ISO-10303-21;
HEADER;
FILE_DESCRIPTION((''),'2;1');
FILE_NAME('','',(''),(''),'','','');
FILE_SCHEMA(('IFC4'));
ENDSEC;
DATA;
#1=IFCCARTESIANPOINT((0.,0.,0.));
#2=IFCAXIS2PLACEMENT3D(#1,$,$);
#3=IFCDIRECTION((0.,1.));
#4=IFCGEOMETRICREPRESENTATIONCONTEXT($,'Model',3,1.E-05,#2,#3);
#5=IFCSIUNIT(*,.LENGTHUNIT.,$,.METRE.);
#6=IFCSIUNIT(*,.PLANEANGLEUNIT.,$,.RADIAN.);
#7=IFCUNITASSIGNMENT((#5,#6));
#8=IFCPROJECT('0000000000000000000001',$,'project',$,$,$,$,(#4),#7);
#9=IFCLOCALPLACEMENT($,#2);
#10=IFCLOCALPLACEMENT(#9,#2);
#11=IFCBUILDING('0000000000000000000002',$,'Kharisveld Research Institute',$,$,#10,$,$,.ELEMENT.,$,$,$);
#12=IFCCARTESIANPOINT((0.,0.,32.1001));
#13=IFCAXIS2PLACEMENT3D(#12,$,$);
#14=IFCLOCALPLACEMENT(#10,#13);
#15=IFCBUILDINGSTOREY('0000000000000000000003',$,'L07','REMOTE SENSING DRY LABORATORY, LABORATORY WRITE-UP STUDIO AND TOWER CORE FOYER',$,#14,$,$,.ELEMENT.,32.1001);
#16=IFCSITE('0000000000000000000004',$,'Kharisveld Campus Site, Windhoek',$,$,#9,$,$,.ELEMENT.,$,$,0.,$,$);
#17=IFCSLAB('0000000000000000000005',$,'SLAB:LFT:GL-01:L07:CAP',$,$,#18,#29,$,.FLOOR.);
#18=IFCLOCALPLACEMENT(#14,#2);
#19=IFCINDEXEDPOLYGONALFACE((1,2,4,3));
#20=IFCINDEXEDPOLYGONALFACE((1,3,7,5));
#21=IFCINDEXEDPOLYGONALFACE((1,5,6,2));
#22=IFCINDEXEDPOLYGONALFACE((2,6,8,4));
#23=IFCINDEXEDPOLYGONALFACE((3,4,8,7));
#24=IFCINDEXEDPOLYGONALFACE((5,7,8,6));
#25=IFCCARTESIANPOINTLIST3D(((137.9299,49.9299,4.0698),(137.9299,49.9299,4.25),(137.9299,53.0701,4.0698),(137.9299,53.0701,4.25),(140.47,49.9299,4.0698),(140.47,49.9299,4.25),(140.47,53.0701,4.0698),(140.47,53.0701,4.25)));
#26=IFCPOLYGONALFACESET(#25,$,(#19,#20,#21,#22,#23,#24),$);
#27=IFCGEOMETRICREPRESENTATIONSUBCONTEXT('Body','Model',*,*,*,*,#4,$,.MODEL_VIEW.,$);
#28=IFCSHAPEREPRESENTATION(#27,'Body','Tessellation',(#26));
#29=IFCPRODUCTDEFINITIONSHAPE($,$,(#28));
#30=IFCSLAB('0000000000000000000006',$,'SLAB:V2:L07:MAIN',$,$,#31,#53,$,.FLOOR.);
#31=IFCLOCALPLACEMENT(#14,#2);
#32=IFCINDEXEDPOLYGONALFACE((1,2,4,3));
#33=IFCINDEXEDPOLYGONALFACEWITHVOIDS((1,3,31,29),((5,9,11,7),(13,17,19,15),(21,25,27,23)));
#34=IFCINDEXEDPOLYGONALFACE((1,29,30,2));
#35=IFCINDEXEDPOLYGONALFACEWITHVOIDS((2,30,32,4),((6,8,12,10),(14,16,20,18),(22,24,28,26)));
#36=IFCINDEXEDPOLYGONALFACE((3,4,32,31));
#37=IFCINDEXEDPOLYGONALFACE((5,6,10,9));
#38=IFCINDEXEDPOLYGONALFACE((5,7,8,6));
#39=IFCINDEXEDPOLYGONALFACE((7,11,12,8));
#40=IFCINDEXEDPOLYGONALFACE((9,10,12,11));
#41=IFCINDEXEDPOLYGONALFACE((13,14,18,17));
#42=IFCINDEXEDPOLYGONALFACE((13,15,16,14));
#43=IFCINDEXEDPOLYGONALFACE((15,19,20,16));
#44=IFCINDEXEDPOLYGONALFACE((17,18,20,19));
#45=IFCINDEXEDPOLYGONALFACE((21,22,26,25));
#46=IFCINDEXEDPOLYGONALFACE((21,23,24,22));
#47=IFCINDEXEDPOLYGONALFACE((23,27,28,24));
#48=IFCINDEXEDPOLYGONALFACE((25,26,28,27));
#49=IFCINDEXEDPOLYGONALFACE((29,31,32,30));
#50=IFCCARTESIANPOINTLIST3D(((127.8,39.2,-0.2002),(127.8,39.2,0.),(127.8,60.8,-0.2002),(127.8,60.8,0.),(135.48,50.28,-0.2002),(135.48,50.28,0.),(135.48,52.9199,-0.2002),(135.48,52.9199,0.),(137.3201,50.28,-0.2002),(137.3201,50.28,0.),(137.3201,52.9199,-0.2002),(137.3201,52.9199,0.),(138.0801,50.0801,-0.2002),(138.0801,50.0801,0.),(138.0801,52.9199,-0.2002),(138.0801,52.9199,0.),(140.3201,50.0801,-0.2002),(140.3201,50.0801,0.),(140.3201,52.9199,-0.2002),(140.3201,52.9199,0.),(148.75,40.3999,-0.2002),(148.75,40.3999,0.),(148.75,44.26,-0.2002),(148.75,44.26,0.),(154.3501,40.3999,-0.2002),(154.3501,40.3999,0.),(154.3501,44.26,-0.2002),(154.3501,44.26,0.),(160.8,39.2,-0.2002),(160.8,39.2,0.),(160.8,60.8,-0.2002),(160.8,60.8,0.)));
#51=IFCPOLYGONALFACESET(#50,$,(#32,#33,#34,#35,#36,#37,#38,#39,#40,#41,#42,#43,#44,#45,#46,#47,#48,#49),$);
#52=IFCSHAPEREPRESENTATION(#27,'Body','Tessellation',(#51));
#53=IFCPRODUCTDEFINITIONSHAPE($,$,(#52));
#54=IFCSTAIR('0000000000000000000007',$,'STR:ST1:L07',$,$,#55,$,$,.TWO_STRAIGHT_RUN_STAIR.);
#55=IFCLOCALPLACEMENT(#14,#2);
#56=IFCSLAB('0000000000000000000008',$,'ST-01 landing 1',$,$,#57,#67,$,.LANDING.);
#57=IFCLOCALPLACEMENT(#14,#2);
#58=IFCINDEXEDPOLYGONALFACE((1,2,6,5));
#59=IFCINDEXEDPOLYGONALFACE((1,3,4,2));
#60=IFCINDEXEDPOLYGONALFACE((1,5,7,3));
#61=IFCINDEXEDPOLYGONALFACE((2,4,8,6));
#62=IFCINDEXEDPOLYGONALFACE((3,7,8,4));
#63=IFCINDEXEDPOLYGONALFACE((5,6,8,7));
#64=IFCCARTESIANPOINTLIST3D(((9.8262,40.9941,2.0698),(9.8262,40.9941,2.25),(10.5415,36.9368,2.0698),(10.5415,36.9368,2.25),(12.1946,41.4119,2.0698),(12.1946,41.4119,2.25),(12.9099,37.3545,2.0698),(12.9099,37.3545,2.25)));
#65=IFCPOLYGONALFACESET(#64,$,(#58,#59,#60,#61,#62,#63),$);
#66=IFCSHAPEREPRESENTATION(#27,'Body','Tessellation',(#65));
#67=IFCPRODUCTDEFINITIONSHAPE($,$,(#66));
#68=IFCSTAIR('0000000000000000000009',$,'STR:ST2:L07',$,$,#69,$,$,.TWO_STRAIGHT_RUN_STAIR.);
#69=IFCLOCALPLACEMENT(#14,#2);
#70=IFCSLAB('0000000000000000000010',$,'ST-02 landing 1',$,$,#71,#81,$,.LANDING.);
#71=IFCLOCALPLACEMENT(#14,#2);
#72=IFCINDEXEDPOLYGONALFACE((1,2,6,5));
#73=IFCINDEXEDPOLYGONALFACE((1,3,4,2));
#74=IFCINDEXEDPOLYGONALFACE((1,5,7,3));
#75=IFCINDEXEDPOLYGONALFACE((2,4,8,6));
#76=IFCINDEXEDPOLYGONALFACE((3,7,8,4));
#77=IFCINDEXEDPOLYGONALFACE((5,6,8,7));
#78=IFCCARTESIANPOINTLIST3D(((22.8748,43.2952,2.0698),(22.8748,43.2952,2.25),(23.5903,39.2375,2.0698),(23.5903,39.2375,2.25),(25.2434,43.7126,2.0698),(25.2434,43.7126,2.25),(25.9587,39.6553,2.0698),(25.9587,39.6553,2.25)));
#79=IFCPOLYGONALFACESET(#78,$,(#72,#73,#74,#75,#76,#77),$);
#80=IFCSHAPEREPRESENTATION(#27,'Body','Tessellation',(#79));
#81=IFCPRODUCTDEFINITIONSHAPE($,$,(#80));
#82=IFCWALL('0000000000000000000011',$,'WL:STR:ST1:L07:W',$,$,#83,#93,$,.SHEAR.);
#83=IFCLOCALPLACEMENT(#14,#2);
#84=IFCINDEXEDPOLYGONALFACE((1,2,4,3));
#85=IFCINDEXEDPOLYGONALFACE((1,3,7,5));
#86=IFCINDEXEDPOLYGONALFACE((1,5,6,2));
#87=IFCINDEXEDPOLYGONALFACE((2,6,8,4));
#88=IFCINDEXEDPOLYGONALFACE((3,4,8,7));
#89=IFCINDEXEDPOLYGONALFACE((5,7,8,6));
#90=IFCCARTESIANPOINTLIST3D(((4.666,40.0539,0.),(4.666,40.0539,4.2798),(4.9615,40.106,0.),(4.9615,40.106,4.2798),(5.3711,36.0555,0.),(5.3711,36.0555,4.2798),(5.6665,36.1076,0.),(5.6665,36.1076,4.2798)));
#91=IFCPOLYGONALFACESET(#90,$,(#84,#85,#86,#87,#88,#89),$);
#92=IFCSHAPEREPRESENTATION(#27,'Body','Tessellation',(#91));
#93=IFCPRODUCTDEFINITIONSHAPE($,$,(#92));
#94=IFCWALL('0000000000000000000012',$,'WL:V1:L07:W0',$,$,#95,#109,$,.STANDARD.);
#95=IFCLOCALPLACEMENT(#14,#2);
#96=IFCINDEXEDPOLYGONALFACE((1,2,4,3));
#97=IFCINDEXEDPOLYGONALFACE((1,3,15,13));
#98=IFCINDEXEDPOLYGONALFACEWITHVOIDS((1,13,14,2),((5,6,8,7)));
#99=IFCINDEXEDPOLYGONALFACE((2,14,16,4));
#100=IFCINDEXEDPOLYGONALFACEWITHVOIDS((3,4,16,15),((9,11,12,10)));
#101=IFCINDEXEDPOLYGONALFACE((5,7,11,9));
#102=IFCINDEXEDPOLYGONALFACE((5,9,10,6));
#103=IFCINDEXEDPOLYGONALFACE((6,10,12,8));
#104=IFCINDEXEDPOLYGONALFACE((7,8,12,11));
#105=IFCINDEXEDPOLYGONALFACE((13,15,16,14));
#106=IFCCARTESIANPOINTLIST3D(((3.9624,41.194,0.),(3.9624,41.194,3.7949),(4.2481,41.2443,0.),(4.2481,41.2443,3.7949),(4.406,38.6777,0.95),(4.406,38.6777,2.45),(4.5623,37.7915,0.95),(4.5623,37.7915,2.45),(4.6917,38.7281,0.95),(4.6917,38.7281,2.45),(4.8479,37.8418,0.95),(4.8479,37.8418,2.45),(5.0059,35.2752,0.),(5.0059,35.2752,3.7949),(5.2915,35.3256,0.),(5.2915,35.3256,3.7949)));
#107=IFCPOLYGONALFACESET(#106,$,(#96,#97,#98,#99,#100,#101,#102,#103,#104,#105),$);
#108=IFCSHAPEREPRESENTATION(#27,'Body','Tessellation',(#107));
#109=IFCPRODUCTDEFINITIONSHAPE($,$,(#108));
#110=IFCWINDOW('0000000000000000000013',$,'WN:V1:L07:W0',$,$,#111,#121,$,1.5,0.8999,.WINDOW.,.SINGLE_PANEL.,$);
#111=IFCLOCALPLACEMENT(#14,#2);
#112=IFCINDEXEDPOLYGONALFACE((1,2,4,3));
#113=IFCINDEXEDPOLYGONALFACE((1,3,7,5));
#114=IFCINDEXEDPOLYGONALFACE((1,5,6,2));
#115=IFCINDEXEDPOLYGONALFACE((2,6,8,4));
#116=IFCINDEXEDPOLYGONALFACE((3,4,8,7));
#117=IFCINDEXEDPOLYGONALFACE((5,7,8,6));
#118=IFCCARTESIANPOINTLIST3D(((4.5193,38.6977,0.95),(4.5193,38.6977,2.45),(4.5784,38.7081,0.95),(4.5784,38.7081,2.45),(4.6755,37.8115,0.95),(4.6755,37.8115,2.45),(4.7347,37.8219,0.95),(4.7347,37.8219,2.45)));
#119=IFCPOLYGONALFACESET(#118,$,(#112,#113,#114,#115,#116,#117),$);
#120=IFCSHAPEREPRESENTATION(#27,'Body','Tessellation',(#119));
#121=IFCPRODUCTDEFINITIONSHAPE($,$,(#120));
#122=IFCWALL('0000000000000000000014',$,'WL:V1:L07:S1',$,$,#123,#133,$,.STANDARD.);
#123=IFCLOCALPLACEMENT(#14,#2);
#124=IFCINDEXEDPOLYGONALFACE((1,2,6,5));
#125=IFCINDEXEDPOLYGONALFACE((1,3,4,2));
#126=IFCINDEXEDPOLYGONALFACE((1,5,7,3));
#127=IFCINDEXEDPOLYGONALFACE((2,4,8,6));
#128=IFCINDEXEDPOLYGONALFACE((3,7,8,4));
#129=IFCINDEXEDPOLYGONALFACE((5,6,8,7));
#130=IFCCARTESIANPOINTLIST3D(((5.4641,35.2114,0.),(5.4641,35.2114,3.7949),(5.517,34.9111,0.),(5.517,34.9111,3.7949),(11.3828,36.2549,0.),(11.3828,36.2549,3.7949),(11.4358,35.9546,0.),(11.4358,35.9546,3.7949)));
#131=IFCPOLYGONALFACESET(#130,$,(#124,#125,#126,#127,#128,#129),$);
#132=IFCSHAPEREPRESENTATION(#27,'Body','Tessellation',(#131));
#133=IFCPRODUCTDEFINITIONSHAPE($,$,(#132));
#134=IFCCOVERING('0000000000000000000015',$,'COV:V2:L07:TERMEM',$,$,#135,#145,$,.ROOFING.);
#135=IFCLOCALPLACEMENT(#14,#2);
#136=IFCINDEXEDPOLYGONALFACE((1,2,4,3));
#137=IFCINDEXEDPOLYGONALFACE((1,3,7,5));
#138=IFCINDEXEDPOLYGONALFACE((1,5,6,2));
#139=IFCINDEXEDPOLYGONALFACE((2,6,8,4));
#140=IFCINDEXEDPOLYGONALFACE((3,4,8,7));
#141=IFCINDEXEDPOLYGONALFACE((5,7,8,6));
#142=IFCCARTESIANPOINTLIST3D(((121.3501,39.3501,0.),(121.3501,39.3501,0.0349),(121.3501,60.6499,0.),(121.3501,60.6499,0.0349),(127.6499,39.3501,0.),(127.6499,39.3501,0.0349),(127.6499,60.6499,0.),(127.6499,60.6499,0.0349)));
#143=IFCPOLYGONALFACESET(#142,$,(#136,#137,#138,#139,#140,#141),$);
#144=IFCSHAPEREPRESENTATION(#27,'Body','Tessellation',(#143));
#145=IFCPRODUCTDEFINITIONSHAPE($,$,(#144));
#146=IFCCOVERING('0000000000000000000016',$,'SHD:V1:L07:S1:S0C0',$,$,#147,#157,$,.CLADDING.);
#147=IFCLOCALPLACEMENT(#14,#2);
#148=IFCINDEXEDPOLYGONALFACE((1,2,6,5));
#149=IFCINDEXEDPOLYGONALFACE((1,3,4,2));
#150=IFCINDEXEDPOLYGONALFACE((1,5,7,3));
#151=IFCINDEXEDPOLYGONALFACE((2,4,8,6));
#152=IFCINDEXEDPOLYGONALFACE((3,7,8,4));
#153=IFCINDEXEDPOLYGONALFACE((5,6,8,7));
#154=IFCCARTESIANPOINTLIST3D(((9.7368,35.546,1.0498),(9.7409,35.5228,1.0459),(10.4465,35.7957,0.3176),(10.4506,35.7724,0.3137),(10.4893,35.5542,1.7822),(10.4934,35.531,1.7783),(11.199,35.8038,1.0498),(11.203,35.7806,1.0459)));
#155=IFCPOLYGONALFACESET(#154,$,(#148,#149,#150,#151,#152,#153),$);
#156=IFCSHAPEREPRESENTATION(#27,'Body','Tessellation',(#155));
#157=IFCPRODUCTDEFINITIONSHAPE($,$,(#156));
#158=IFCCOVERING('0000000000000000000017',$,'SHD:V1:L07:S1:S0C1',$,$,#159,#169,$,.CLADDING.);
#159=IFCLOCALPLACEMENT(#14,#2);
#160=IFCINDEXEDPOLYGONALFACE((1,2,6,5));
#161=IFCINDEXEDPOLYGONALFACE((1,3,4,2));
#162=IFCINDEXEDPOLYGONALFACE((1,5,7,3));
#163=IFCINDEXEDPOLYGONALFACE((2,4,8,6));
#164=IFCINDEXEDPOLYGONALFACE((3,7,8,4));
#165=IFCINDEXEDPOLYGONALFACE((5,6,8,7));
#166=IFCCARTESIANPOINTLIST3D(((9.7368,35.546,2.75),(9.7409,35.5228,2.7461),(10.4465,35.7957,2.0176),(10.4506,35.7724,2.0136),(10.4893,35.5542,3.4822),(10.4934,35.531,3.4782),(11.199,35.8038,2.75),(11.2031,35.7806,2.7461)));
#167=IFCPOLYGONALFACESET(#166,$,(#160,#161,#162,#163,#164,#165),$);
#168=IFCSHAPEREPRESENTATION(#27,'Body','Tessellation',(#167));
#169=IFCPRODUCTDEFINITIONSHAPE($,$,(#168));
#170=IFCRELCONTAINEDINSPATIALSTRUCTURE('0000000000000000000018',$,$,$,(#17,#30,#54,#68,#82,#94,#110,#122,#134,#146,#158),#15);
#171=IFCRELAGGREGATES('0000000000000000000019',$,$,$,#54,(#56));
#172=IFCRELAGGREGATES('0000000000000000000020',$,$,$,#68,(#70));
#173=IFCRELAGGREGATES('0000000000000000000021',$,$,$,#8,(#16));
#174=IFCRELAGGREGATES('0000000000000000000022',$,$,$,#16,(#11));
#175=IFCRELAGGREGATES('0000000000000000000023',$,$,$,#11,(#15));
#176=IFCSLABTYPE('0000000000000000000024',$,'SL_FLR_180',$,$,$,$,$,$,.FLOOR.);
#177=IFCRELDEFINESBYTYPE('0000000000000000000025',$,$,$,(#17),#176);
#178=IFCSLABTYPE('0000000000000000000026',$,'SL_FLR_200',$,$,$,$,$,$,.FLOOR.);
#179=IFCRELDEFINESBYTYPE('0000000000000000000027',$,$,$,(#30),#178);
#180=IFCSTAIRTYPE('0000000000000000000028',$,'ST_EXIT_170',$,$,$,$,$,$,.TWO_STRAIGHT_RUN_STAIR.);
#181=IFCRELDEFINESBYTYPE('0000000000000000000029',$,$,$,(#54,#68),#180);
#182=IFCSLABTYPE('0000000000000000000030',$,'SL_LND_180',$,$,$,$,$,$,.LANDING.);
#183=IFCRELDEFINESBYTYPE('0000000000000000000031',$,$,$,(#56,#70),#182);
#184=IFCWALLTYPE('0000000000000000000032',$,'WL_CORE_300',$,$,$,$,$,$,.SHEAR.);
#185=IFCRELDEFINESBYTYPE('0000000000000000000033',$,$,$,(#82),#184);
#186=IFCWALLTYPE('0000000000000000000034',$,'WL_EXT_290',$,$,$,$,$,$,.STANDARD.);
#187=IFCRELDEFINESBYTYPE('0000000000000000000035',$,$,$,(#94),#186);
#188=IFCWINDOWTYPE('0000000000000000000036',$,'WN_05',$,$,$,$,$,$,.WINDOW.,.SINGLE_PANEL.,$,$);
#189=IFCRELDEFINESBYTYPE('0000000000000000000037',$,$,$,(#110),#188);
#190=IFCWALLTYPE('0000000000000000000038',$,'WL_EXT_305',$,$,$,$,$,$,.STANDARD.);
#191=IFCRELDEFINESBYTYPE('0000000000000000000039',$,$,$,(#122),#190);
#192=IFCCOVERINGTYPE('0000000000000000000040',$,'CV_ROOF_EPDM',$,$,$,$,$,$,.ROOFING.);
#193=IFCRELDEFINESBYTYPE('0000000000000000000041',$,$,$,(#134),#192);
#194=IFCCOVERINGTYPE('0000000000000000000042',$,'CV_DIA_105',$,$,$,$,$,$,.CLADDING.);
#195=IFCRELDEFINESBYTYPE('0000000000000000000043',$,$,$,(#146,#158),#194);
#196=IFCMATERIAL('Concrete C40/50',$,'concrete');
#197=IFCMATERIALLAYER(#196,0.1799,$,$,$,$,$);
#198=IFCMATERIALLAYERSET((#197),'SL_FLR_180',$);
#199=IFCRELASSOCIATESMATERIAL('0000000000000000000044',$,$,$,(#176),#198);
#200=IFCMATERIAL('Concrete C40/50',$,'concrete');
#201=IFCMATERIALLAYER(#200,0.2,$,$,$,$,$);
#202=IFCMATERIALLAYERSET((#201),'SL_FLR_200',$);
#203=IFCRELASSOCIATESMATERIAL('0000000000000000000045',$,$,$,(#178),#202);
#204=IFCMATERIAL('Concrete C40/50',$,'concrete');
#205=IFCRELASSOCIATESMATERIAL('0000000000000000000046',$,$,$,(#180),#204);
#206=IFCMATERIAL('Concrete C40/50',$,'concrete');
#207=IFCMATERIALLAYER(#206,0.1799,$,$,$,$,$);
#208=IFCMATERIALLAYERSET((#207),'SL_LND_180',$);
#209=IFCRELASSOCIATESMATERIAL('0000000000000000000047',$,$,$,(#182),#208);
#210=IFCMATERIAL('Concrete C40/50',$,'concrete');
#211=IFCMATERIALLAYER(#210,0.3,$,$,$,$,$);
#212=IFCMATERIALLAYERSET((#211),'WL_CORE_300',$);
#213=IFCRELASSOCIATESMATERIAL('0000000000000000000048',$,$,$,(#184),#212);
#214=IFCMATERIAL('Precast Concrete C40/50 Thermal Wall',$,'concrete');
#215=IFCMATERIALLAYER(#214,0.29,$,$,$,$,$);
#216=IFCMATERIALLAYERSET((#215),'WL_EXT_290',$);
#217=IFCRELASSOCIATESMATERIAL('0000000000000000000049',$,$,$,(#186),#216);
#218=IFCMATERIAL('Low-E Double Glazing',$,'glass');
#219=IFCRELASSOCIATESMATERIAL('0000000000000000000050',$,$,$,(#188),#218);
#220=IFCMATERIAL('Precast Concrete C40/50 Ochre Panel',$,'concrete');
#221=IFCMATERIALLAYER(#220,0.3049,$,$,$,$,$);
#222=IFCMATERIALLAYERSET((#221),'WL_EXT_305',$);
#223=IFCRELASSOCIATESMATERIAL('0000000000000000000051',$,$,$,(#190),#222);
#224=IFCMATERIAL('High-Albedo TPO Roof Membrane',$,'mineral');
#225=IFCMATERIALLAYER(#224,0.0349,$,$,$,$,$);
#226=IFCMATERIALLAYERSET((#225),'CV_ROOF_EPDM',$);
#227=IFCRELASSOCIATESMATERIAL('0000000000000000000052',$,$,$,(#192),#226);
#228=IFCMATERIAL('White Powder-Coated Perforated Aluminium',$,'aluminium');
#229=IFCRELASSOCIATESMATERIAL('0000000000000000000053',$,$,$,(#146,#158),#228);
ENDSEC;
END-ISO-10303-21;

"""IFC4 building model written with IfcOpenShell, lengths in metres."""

from ifc_helpers import new_model, si_unit, direction, frame, frame_2d, origin, place, context, subcontext, project, spatial, polyline, rectangle, outline, extrude, material, layer, layer_set, type_object, element, fill, aggregate, save


model = new_model("IFC4")

# Units and contexts
model_context = context("Model", 3, precision=1e-05, world=origin(), true_north=direction((0.0, 1.0)))
body_context = subcontext(model_context, "Body", "Model", "MODEL_VIEW")
ifc_project = project(units=[si_unit("LENGTHUNIT", "METRE"), si_unit("PLANEANGLEUNIT", "RADIAN")], contexts=[model_context])

# Site, building, storey
site_placement = place(None, origin())
site = spatial("IfcSite", under=ifc_project, at=site_placement, Name="Kharisveld Campus Site, Windhoek", CompositionType="ELEMENT", RefElevation=0.0)
building_placement = place(site_placement, origin())
building = spatial("IfcBuilding", under=site, at=building_placement, Name="Kharisveld Research Institute", CompositionType="ELEMENT")
storey_placement = place(building_placement, frame((0.0, 0.0, 32.1001)))
storey = spatial("IfcBuildingStorey", under=building, at=storey_placement, Name="L07", Description="REMOTE SENSING DRY LABORATORY, LABORATORY WRITE-UP STUDIO AND TOWER CORE FOYER", CompositionType="ELEMENT", Elevation=32.1001)

# Slabs
ifc_material_1 = material(Name="Concrete C40/50", Category="concrete")
ifc_layer_1 = layer(ifc_material_1, 0.1799)
ifc_layer_set_1 = layer_set([ifc_layer_1], Name="SL_FLR_180")
slab_type_1 = type_object("IfcSlabType", Name="SL_FLR_180", PredefinedType="FLOOR", material=ifc_layer_set_1)
slab_1_placement = place(storey_placement, frame((0.0, 0.0, 4.0698)))
element("IfcSlab", 1, at=slab_1_placement, inside=storey, type_object=slab_type_1, Name="SLAB:LFT:GL-01:L07:CAP", PredefinedType="FLOOR", context=body_context, shape_type="SweptSolid", body=[
    extrude(outline(polyline([(137.9299, 49.9299), (140.47, 49.9299), (140.47, 53.0701), (137.9299, 53.0701), (137.9299, 49.9299)])), origin(), (0.0, 0.0, 1.0), 0.1802),
])
ifc_material_2 = material(Name="Concrete C40/50", Category="concrete")
ifc_layer_2 = layer(ifc_material_2, 0.2)
ifc_layer_set_2 = layer_set([ifc_layer_2], Name="SL_FLR_200")
slab_type_2 = type_object("IfcSlabType", Name="SL_FLR_200", PredefinedType="FLOOR", material=ifc_layer_set_2)
slab_2_placement = place(storey_placement, frame((0.0, 0.0, -0.2002)))
element("IfcSlab", 2, at=slab_2_placement, inside=storey, type_object=slab_type_2, Name="SLAB:V2:L07:MAIN", PredefinedType="FLOOR", context=body_context, shape_type="SweptSolid", body=[
    extrude(outline(polyline([(127.8, 39.2), (160.8, 39.2), (160.8, 60.8), (127.8, 60.8), (127.8, 39.2)]), holes=[polyline([(154.3501, 44.26), (154.3501, 40.3999), (148.75, 40.3999), (148.75, 44.26), (154.3501, 44.26)]), polyline([(140.3201, 50.0801), (138.0801, 50.0801), (138.0801, 52.9199), (140.3201, 52.9199), (140.3201, 50.0801)]), polyline([(137.3201, 50.28), (135.48, 50.28), (135.48, 52.9199), (137.3201, 52.9199), (137.3201, 50.28)])]), origin(), (0.0, 0.0, 1.0), 0.2002),
])

# Stairs, slabs
ifc_material_3 = material(Name="Concrete C40/50", Category="concrete")
stair_type = type_object("IfcStairType", Name="ST_EXIT_170", PredefinedType="TWO_STRAIGHT_RUN_STAIR", material=ifc_material_3)
stair_1_placement = place(storey_placement, origin())
stair_1 = element("IfcStair", 3, at=stair_1_placement, inside=storey, type_object=stair_type, Name="STR:ST1:L07", PredefinedType="TWO_STRAIGHT_RUN_STAIR")
ifc_material_4 = material(Name="Concrete C40/50", Category="concrete")
ifc_layer_3 = layer(ifc_material_4, 0.1799)
ifc_layer_set_3 = layer_set([ifc_layer_3], Name="SL_LND_180")
slab_type_3 = type_object("IfcSlabType", Name="SL_LND_180", PredefinedType="LANDING", material=ifc_layer_set_3)
slab_3_placement = place(storey_placement, frame((0.0, 0.0, 2.0698)))
slab_3 = element("IfcSlab", 4, at=slab_3_placement, type_object=slab_type_3, Name="ST-01 landing 1", PredefinedType="LANDING", context=body_context, shape_type="SweptSolid", body=[
    extrude(outline(polyline([(10.5415, 36.9368), (12.9099, 37.3545), (12.1946, 41.4119), (9.8262, 40.9941), (10.5415, 36.9368)])), origin(), (0.0, 0.0, 1.0), 0.1802),
])
aggregate(stair_1, [slab_3])
stair_2_placement = place(storey_placement, origin())
stair_2 = element("IfcStair", 5, at=stair_2_placement, inside=storey, type_object=stair_type, Name="STR:ST2:L07", PredefinedType="TWO_STRAIGHT_RUN_STAIR")
slab_4_placement = place(storey_placement, frame((0.0, 0.0, 2.0698)))
slab_4 = element("IfcSlab", 6, at=slab_4_placement, type_object=slab_type_3, Name="ST-02 landing 1", PredefinedType="LANDING", context=body_context, shape_type="SweptSolid", body=[
    extrude(outline(polyline([(23.5903, 39.2375), (25.9587, 39.6553), (25.2434, 43.7126), (22.8748, 43.2952), (23.5903, 39.2375)])), origin(), (0.0, 0.0, 1.0), 0.1802),
])
aggregate(stair_2, [slab_4])

# Wall
ifc_material_5 = material(Name="Concrete C40/50", Category="concrete")
ifc_layer_4 = layer(ifc_material_5, 0.3)
ifc_layer_set_4 = layer_set([ifc_layer_4], Name="WL_CORE_300")
wall_type_1 = type_object("IfcWallType", Name="WL_CORE_300", PredefinedType="SHEAR", material=ifc_layer_set_4)
wall_1_placement = place(storey_placement, frame((5.5188, 36.0815, 0.0), z_axis=(0.0, 0.0, 1.0), x_axis=(-0.173665, 0.984805, 0.0)))
element("IfcWall", 7, at=wall_1_placement, inside=storey, type_object=wall_type_1, Name="WL:STR:ST1:L07:W", PredefinedType="SHEAR", context=body_context, shape_type="SweptSolid", body=[
    extrude(rectangle(XDim=4.0601, YDim=0.3, at=frame_2d((2.03, 0.0))), origin(), (0.0, 0.0, 1.0), 4.2798),
])

# Wall, opening, window
ifc_material_6 = material(Name="Precast Concrete C40/50 Thermal Wall", Category="concrete")
ifc_layer_5 = layer(ifc_material_6, 0.29)
ifc_layer_set_5 = layer_set([ifc_layer_5], Name="WL_EXT_290")
wall_type_2 = type_object("IfcWallType", Name="WL_EXT_290", PredefinedType="STANDARD", material=ifc_layer_set_5)
wall_2_placement = place(storey_placement, frame((5.1487, 35.3005, 0.0), z_axis=(0.0, 0.0, 1.0), x_axis=(-0.173621, 0.984813, 0.0)))
wall_2 = element("IfcWall", 8, at=wall_2_placement, inside=storey, type_object=wall_type_2, Name="WL:V1:L07:W0", PredefinedType="STANDARD", context=body_context, shape_type="SweptSolid", body=[
    extrude(rectangle(XDim=6.01, YDim=0.29, at=frame_2d((3.0049, 0.0))), origin(), (0.0, 0.0, 1.0), 3.7949),
])
opening_placement = place(wall_2_placement, frame((2.5549, 0.0, 0.95)))
opening = element("IfcOpeningElement", 9, at=opening_placement, cuts=wall_2, PredefinedType="OPENING", context=body_context, shape_type="SweptSolid", body=[
    extrude(rectangle(XDim=0.8999, YDim=1.5, at=frame_2d((0.45, 0.75))), frame((0.0, 0.145, 0.0), z_axis=(0.0, -1.0, 0.0), x_axis=(1.0, 0.0, 0.0)), (0.0, 0.0, 1.0), 0.29),
])
ifc_material_7 = material(Name="Low-E Double Glazing", Category="glass")
window_type = type_object("IfcWindowType", Name="WN_05", PartitioningType="SINGLE_PANEL", PredefinedType="WINDOW", material=ifc_material_7)
window_placement = place(opening_placement, origin())
window = element("IfcWindow", 10, at=window_placement, inside=storey, type_object=window_type, Name="WN:V1:L07:W0", OverallHeight=1.5, OverallWidth=0.8999, PartitioningType="SINGLE_PANEL", PredefinedType="WINDOW", context=body_context, shape_type="SweptSolid", body=[
    extrude(rectangle(XDim=0.8999, YDim=1.5, at=frame_2d((0.45, 0.75))), frame((0.0, 0.03, 0.0), z_axis=(0.0, -1.0, 0.0), x_axis=(1.0, 0.0, 0.0)), (0.0, 0.0, 1.0), 0.0601),
])
fill(opening, window)

# Wall
ifc_material_8 = material(Name="Precast Concrete C40/50 Ochre Panel", Category="concrete")
ifc_layer_6 = layer(ifc_material_8, 0.3049)
ifc_layer_set_6 = layer_set([ifc_layer_6], Name="WL_EXT_305")
wall_type_3 = type_object("IfcWallType", Name="WL_EXT_305", PredefinedType="STANDARD", material=ifc_layer_set_6)
wall_3_placement = place(storey_placement, frame((11.4092, 36.1047, 0.0), z_axis=(0.0, 0.0, 1.0), x_axis=(-0.984813, -0.173621, 0.0)))
element("IfcWall", 11, at=wall_3_placement, inside=storey, type_object=wall_type_3, Name="WL:V1:L07:S1", PredefinedType="STANDARD", context=body_context, shape_type="SweptSolid", body=[
    extrude(rectangle(XDim=6.01, YDim=0.3049, at=frame_2d((3.0049, 0.0))), origin(), (0.0, 0.0, 1.0), 3.7949),
])

# Coverings
ifc_material_9 = material(Name="High-Albedo TPO Roof Membrane", Category="mineral")
ifc_layer_7 = layer(ifc_material_9, 0.0349)
ifc_layer_set_7 = layer_set([ifc_layer_7], Name="CV_ROOF_EPDM")
covering_type_1 = type_object("IfcCoveringType", Name="CV_ROOF_EPDM", PredefinedType="ROOFING", material=ifc_layer_set_7)
covering_1_placement = place(storey_placement, origin())
element("IfcCovering", 12, at=covering_1_placement, inside=storey, type_object=covering_type_1, Name="COV:V2:L07:TERMEM", PredefinedType="ROOFING", context=body_context, shape_type="SweptSolid", body=[
    extrude(outline(polyline([(121.3501, 39.3501), (127.6499, 39.3501), (127.6499, 60.6499), (121.3501, 60.6499), (121.3501, 39.3501)])), origin(), (0.0, 0.0, 1.0), 0.0349),
])
ifc_material_10 = material(Name="White Powder-Coated Perforated Aluminium", Category="aluminium")
covering_type_2 = type_object("IfcCoveringType", Name="CV_DIA_105", PredefinedType="CLADDING")
covering_2_placement = place(storey_placement, frame((10.4465, 35.7957, 0.3176), z_axis=(-0.171261, 0.97129, 0.165124), x_axis=(-0.676048, -0.237771, 0.697441)))
element("IfcCovering", 13, at=covering_2_placement, inside=storey, type_object=covering_type_2, material=ifc_material_10, Name="SHD:V1:L07:S1:S0C0", PredefinedType="CLADDING", context=body_context, shape_type="SweptSolid", body=[
    extrude(outline(polyline([(0.0, 0.0), (1.0498, 0.0), (1.05, 1.0501), (0.0, 1.0499), (0.0, 0.0)])), origin(), (0.0, 0.0, -1.0), 0.0239),
])
covering_3_placement = place(storey_placement, frame((10.4465, 35.7957, 2.0176), z_axis=(-0.171261, 0.97129, 0.165124), x_axis=(-0.675931, -0.23777, 0.697555)))
element("IfcCovering", 14, at=covering_3_placement, inside=storey, type_object=covering_type_2, material=ifc_material_10, Name="SHD:V1:L07:S1:S0C1", PredefinedType="CLADDING", context=body_context, shape_type="SweptSolid", body=[
    extrude(outline(polyline([(0.0, 0.0), (1.05, 0.0), (1.0502, 1.0499), (0.0004, 1.0501), (0.0, 0.0)])), origin(), (0.0, 0.0, -1.0), 0.0239),
])

save(model, "model.ifc")
